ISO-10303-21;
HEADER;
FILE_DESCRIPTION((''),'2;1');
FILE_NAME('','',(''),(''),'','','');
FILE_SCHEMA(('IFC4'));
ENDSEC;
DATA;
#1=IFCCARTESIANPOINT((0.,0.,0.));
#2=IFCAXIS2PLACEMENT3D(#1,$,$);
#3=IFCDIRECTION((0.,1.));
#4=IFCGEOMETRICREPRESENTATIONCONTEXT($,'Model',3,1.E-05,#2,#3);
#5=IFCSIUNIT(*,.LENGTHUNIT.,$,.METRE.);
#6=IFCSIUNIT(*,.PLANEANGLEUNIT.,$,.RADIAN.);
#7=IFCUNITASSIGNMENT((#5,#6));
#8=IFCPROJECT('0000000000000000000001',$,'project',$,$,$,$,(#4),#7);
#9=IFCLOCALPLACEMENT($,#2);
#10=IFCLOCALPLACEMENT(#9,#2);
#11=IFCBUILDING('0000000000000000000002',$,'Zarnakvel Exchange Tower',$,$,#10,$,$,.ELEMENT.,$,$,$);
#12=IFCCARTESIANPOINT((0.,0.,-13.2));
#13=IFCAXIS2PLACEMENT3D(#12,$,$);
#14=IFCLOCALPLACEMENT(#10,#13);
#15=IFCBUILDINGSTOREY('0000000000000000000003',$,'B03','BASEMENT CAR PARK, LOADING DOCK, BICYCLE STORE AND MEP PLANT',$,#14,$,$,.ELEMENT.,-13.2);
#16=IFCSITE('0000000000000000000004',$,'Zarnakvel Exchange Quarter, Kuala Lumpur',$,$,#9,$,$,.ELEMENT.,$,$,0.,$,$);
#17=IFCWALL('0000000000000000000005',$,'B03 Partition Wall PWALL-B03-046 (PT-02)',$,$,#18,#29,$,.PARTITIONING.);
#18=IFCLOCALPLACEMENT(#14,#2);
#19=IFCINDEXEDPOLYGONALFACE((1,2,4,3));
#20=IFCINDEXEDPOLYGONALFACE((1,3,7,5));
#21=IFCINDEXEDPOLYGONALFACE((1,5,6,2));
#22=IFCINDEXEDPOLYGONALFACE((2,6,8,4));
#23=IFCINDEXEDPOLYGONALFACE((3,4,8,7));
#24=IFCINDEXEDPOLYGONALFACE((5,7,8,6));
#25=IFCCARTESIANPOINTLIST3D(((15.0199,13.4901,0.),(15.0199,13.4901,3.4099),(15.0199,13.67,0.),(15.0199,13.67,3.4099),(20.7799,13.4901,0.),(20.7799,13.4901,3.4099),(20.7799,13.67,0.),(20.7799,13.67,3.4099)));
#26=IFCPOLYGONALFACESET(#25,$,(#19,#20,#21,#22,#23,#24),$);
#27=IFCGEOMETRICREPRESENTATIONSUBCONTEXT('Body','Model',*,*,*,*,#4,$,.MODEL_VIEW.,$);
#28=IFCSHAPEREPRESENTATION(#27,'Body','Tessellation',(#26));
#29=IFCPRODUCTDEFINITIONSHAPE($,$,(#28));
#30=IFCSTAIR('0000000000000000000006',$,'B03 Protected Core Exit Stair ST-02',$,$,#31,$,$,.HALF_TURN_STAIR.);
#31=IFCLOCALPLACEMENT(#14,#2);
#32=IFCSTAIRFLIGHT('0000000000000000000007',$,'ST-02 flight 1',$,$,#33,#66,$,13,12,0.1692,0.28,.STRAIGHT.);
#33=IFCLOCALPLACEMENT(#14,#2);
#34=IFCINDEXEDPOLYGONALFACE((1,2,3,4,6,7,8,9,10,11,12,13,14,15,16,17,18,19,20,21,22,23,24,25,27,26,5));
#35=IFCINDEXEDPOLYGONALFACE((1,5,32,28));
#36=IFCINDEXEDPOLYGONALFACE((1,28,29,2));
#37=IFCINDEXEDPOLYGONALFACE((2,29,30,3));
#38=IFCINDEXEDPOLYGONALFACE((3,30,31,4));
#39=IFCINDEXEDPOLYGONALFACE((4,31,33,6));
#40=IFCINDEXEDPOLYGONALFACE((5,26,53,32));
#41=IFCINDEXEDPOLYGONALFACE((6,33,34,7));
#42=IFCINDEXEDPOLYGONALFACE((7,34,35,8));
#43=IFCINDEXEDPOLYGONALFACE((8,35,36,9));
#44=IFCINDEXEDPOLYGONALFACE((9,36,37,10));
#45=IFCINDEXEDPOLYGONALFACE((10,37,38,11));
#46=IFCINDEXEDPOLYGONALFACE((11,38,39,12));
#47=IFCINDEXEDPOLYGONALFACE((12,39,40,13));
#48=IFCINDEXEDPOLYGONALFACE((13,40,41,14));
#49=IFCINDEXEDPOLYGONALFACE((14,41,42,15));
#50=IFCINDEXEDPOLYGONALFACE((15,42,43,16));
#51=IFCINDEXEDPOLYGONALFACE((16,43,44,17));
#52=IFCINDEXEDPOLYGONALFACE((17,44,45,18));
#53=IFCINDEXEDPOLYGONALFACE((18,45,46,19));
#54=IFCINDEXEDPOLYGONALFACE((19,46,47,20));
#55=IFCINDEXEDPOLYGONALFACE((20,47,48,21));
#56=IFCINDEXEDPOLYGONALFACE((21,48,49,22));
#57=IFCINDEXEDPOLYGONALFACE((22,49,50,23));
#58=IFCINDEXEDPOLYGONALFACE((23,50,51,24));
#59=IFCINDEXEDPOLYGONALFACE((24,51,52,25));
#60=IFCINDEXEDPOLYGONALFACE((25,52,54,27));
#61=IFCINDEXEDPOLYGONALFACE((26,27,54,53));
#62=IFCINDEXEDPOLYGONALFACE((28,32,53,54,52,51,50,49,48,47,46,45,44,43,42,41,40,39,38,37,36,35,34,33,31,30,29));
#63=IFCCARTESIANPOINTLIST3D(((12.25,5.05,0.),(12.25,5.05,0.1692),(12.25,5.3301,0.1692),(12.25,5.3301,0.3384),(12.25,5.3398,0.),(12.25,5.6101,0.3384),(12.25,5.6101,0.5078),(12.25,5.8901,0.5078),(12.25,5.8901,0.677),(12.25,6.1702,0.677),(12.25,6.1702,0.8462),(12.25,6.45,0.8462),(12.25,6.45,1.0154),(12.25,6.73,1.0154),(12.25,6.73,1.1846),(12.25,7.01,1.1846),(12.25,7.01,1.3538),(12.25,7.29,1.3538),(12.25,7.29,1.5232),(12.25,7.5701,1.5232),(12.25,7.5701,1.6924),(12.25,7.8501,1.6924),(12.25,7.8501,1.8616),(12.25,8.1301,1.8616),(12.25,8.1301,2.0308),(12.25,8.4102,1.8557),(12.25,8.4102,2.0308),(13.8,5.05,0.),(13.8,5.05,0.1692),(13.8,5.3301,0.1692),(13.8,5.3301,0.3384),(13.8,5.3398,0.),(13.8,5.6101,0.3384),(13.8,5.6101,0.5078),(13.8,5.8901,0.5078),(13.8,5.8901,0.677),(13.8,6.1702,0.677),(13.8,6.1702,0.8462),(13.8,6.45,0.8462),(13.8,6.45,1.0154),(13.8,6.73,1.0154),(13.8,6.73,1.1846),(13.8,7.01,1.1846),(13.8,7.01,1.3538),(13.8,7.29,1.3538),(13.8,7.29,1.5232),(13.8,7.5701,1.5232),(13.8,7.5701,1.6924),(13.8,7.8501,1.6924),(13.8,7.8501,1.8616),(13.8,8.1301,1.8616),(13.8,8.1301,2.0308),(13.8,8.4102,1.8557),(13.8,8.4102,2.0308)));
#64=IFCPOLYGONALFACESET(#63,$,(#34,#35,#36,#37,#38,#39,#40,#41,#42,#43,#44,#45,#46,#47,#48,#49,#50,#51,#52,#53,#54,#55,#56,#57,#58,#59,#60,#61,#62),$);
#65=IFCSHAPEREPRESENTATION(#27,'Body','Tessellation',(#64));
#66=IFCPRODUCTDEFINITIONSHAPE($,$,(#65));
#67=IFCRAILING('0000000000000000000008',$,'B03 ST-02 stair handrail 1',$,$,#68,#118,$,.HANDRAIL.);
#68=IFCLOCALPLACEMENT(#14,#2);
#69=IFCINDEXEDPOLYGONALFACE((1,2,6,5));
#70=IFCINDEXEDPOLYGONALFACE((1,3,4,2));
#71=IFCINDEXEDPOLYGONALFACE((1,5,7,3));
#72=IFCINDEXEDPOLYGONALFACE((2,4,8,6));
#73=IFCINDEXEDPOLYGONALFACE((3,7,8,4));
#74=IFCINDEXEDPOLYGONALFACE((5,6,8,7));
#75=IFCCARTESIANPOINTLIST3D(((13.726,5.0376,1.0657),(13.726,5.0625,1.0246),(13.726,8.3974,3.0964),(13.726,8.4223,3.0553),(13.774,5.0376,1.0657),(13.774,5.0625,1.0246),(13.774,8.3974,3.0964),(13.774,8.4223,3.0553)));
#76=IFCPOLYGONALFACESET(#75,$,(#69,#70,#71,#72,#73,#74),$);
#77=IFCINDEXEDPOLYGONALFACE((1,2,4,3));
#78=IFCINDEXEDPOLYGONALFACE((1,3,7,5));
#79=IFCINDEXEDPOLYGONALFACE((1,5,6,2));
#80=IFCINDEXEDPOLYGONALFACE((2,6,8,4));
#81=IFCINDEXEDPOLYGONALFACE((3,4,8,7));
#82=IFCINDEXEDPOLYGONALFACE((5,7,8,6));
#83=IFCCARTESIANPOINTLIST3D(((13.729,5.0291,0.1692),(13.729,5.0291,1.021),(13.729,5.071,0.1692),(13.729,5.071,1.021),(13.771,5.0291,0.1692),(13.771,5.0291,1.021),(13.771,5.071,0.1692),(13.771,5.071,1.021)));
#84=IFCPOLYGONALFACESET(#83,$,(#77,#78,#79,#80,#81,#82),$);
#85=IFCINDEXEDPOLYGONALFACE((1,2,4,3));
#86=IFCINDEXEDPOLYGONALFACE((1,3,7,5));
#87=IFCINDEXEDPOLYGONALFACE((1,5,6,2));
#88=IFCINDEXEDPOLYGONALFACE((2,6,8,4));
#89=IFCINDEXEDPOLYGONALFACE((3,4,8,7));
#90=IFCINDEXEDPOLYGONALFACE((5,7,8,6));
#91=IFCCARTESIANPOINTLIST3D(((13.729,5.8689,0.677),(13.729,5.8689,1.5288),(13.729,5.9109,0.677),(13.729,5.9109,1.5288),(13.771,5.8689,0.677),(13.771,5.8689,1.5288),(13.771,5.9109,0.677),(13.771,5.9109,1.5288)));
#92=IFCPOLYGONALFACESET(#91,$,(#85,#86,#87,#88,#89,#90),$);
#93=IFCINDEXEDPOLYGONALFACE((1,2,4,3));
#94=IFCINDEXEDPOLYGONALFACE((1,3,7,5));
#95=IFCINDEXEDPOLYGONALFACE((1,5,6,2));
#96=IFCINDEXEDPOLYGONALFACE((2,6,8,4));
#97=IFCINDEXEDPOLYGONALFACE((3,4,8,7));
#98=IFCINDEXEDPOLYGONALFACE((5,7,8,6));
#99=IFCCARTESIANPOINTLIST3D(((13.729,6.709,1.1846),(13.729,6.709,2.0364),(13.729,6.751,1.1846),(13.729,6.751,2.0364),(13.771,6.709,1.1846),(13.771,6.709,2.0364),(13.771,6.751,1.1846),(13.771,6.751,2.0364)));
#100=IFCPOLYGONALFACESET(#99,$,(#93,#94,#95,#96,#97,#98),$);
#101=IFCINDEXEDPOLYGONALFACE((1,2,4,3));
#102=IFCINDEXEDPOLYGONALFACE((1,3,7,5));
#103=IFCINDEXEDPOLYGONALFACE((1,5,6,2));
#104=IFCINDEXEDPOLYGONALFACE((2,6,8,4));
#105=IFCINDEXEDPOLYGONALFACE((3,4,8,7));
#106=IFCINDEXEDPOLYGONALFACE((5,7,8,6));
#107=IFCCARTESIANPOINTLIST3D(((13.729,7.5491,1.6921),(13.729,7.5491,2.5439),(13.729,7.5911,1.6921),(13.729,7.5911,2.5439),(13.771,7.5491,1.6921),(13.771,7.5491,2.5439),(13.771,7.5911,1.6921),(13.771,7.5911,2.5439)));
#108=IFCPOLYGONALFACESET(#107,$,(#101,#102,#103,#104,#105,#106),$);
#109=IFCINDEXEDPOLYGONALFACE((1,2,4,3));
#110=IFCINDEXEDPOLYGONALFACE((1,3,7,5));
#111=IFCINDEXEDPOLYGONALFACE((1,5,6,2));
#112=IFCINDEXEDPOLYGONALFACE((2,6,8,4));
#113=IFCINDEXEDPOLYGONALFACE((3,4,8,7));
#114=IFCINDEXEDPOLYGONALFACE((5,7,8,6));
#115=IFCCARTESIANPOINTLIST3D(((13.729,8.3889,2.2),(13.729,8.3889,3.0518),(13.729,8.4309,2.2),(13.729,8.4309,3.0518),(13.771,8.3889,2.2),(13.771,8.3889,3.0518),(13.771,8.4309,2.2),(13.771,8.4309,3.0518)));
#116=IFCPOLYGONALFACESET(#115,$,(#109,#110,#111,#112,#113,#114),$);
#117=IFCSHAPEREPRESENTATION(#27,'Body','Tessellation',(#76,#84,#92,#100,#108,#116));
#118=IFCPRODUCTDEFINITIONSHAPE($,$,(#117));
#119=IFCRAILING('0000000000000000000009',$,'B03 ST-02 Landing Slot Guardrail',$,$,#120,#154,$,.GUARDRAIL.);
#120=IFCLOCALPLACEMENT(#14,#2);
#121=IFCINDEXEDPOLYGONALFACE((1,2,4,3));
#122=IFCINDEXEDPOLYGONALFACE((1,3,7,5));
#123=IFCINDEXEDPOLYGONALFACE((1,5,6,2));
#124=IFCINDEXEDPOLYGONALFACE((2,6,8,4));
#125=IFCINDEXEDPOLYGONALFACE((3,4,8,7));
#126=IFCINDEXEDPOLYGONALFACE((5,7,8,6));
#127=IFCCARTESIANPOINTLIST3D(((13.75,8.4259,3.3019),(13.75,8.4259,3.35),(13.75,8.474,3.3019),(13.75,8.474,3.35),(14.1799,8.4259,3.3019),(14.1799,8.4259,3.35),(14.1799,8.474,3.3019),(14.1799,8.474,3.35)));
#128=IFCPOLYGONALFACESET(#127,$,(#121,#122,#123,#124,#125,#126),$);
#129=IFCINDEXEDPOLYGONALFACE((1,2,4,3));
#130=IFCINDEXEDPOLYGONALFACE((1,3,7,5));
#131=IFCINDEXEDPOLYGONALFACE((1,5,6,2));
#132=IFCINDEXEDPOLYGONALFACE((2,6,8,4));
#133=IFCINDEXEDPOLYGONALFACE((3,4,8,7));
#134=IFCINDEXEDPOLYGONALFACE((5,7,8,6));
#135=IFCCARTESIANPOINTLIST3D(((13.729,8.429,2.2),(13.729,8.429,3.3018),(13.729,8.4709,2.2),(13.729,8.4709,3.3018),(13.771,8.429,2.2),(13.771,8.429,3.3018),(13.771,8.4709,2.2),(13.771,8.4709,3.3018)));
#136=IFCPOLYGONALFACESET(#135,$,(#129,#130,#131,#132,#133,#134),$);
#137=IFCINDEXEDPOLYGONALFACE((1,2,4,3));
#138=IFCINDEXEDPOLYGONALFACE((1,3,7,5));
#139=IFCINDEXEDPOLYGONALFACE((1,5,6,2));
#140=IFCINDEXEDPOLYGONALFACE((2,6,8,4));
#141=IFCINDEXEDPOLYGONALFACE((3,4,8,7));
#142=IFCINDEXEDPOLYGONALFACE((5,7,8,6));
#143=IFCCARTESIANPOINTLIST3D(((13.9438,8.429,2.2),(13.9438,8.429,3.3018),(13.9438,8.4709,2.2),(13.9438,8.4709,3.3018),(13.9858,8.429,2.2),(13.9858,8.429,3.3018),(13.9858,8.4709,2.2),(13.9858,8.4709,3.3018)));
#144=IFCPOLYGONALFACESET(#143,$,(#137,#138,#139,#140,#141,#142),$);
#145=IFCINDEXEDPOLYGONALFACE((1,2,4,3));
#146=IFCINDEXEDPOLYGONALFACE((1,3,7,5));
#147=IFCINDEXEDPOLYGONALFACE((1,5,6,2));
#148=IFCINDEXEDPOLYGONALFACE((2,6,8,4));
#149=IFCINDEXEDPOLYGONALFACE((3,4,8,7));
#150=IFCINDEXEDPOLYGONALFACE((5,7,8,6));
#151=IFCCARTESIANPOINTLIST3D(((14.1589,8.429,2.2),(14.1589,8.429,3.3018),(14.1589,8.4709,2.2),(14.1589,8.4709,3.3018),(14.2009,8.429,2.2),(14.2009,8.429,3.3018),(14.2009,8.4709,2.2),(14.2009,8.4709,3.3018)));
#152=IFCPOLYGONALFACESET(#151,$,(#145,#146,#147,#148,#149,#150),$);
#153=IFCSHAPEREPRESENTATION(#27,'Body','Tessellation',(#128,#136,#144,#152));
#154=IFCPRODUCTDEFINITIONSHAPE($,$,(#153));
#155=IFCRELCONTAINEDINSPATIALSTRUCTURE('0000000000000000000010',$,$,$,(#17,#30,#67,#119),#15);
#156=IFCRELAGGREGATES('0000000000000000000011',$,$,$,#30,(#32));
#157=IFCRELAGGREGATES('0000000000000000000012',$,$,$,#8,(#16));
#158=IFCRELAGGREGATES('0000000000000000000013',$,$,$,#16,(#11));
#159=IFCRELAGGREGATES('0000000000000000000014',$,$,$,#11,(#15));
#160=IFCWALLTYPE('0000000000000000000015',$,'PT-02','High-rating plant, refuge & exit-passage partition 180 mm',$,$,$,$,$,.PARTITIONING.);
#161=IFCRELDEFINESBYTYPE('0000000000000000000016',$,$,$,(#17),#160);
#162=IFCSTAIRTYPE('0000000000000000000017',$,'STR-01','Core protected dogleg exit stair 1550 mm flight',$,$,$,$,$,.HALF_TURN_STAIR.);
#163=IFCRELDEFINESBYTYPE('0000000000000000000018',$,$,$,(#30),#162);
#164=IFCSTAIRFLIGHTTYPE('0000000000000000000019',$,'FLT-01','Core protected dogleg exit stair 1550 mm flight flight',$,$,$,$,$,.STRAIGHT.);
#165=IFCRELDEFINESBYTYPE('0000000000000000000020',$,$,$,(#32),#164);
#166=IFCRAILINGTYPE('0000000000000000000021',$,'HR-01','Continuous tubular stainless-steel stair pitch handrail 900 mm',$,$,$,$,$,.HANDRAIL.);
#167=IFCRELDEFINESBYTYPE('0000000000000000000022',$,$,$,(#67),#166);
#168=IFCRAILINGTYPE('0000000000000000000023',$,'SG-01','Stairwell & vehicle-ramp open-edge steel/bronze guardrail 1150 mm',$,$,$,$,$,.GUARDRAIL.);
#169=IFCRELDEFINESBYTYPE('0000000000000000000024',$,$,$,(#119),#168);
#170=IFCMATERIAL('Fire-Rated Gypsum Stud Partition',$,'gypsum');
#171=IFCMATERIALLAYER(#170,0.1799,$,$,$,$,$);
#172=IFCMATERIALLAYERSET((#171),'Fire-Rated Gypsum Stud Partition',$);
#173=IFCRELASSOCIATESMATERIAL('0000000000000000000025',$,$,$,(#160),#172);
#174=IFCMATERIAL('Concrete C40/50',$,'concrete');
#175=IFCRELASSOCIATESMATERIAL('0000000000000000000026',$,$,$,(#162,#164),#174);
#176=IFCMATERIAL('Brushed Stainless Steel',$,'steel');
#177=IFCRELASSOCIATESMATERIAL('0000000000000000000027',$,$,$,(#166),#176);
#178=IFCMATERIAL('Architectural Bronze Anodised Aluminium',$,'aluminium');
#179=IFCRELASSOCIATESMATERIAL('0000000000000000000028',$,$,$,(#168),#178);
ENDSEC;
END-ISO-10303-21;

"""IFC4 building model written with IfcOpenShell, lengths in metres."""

from ifc_helpers import new_model, si_unit, direction, frame, frame_2d, origin, origin_2d, place, context, subcontext, project, spatial, polyline, rectangle, outline, extrude, material, layer, layer_set, type_object, element, aggregate, save


model = new_model("IFC4")

# Units and contexts
model_context = context("Model", 3, precision=1e-05, world=origin(), true_north=direction((0.0, 1.0)))
body_context = subcontext(model_context, "Body", "Model", "MODEL_VIEW")
ifc_project = project(units=[si_unit("LENGTHUNIT", "METRE"), si_unit("PLANEANGLEUNIT", "RADIAN")], contexts=[model_context])

# Site, building, storey
site_placement = place(None, origin())
site = spatial("IfcSite", under=ifc_project, at=site_placement, Name="Zarnakvel Exchange Quarter, Kuala Lumpur", CompositionType="ELEMENT", RefElevation=0.0)
building_placement = place(site_placement, origin())
building = spatial("IfcBuilding", under=site, at=building_placement, Name="Zarnakvel Exchange Tower", CompositionType="ELEMENT")
storey_placement = place(building_placement, frame((0.0, 0.0, -13.2)))
storey = spatial("IfcBuildingStorey", under=building, at=storey_placement, Name="B03", Description="BASEMENT CAR PARK, LOADING DOCK, BICYCLE STORE AND MEP PLANT", CompositionType="ELEMENT", Elevation=-13.2)

# Wall
ifc_material_1 = material(Name="Fire-Rated Gypsum Stud Partition", Category="gypsum")
ifc_layer_1 = layer(ifc_material_1, 0.1799)
ifc_layer_set_1 = layer_set([ifc_layer_1], Name="Fire-Rated Gypsum Stud Partition")
wall_type_1 = type_object("IfcWallType", Name="PT-02", Description="High-rating plant, refuge & exit-passage partition 180 mm", PredefinedType="PARTITIONING", material=ifc_layer_set_1)
wall_1_placement = place(storey_placement, frame((15.02, 13.5801, 0.0), z_axis=(0.0, 0.0, 1.0), x_axis=(1.0, 0.0, 0.0)))
element("IfcWall", 1, at=wall_1_placement, inside=storey, type_object=wall_type_1, Name="B03 Partition Wall PWALL-B03-046 (PT-02)", PredefinedType="PARTITIONING", context=body_context, shape_type="SweptSolid", body=[
    extrude(rectangle(XDim=5.76, YDim=0.1799, at=frame_2d((2.8799, 0.0))), origin(), (0.0, 0.0, 1.0), 3.4099),
])

# Shared definitions
ifc_material_2 = material(Name="Concrete C40/50", Category="concrete")

# Stair, stair flight
stair_type = type_object("IfcStairType", Name="STR-01", Description="Core protected dogleg exit stair 1550 mm flight", PredefinedType="HALF_TURN_STAIR", material=ifc_material_2)
stair_placement = place(storey_placement, origin())
stair = element("IfcStair", 2, at=stair_placement, inside=storey, type_object=stair_type, Name="B03 Protected Core Exit Stair ST-02", PredefinedType="HALF_TURN_STAIR")
stair_flight_type = type_object("IfcStairFlightType", Name="FLT-01", Description="Core protected dogleg exit stair 1550 mm flight flight", PredefinedType="STRAIGHT", material=ifc_material_2)
stair_flight_placement = place(storey_placement, frame((13.0249, 5.05, 0.0), z_axis=(0.0, 0.0, 1.0), x_axis=(0.0, 1.0, 0.0)))
stair_flight = element("IfcStairFlight", 3, at=stair_flight_placement, type_object=stair_flight_type, Name="ST-02 flight 1", NumberOfRisers=13, NumberOfTreads=12, PredefinedType="STRAIGHT", RiserHeight=0.1692, TreadLength=0.28, context=body_context, shape_type="SweptSolid", body=[
    extrude(outline(polyline([(0.0, 0.0), (0.0, 0.1692), (0.28, 0.1692), (0.28, 0.3384), (0.5601, 0.3384), (0.5601, 0.5078), (0.8401, 0.5078), (0.8401, 0.677), (1.1201, 0.677), (1.1201, 0.8462), (1.3999, 0.8462), (1.3999, 1.0154), (1.6799, 1.0154), (1.6799, 1.1846), (1.96, 1.1846), (1.96, 1.3538), (2.24, 1.3538), (2.24, 1.5232), (2.52, 1.5232), (2.52, 1.6924), (2.8, 1.6924), (2.8, 1.8616), (3.0801, 1.8616), (3.0801, 2.0308), (3.3601, 2.0308), (3.3601, 2.2), (3.3601, 1.8557), (0.2898, 0.0), (0.0, 0.0)])), frame((0.0, 0.7749, 0.0), z_axis=(0.0, -1.0, 0.0), x_axis=(1.0, 0.0, 0.0)), (0.0, 0.0, 1.0), 1.55),
])
aggregate(stair, [stair_flight])

# Railings
ifc_material_3 = material(Name="Brushed Stainless Steel", Category="steel")
railing_type_1 = type_object("IfcRailingType", Name="HR-01", Description="Continuous tubular stainless-steel stair pitch handrail 900 mm", PredefinedType="HANDRAIL", material=ifc_material_3)
railing_1_placement = place(storey_placement, frame((13.75, 5.05, 0.1692)))
element("IfcRailing", 4, at=railing_1_placement, inside=storey, type_object=railing_type_1, Name="B03 ST-02 stair handrail 1", PredefinedType="HANDRAIL", context=body_context, shape_type="SweptSolid", body=[
    extrude(rectangle(XDim=0.0481, YDim=0.0481, at=origin_2d()), frame((0.0, 0.0, 0.876), z_axis=(0.0, 0.85582, 0.517273), x_axis=(-1.0, 0.0, 0.0)), (0.0, 0.0, 1.0), 3.9258),
    extrude(rectangle(XDim=0.042, YDim=0.042, at=origin_2d()), origin(), (0.0, 0.0, 1.0), 0.8518),
    extrude(rectangle(XDim=0.042, YDim=0.042, at=origin_2d()), frame((0.0, 0.8398, 0.5078)), (0.0, 0.0, 1.0), 0.8518),
    extrude(rectangle(XDim=0.042, YDim=0.042, at=origin_2d()), frame((0.0, 1.6799, 1.0154)), (0.0, 0.0, 1.0), 0.8518),
    extrude(rectangle(XDim=0.042, YDim=0.042, at=origin_2d()), frame((0.0, 2.52, 1.5229)), (0.0, 0.0, 1.0), 0.8518),
    extrude(rectangle(XDim=0.042, YDim=0.042, at=origin_2d()), frame((0.0, 3.3599, 2.0308)), (0.0, 0.0, 1.0), 0.8518),
])
ifc_material_4 = material(Name="Architectural Bronze Anodised Aluminium", Category="aluminium")
railing_type_2 = type_object("IfcRailingType", Name="SG-01", Description="Stairwell & vehicle-ramp open-edge steel/bronze guardrail 1150 mm", PredefinedType="GUARDRAIL", material=ifc_material_4)
railing_2_placement = place(storey_placement, frame((13.75, 8.45, 2.2)))
element("IfcRailing", 5, at=railing_2_placement, inside=storey, type_object=railing_type_2, Name="B03 ST-02 Landing Slot Guardrail", PredefinedType="GUARDRAIL", context=body_context, shape_type="SweptSolid", body=[
    extrude(rectangle(XDim=0.0481, YDim=0.0481, at=origin_2d()), frame((0.0, 0.0, 1.126), z_axis=(1.0, 0.0, 0.0), x_axis=(0.0, 1.0, 0.0)), (0.0, 0.0, 1.0), 0.4299),
    extrude(rectangle(XDim=0.042, YDim=0.042, at=origin_2d()), origin(), (0.0, 0.0, 1.0), 1.1018),
    extrude(rectangle(XDim=0.042, YDim=0.042, at=origin_2d()), frame((0.2148, 0.0, 0.0)), (0.0, 0.0, 1.0), 1.1018),
    extrude(rectangle(XDim=0.042, YDim=0.042, at=origin_2d()), frame((0.4299, 0.0, 0.0)), (0.0, 0.0, 1.0), 1.1018),
])

save(model, "model.ifc")
